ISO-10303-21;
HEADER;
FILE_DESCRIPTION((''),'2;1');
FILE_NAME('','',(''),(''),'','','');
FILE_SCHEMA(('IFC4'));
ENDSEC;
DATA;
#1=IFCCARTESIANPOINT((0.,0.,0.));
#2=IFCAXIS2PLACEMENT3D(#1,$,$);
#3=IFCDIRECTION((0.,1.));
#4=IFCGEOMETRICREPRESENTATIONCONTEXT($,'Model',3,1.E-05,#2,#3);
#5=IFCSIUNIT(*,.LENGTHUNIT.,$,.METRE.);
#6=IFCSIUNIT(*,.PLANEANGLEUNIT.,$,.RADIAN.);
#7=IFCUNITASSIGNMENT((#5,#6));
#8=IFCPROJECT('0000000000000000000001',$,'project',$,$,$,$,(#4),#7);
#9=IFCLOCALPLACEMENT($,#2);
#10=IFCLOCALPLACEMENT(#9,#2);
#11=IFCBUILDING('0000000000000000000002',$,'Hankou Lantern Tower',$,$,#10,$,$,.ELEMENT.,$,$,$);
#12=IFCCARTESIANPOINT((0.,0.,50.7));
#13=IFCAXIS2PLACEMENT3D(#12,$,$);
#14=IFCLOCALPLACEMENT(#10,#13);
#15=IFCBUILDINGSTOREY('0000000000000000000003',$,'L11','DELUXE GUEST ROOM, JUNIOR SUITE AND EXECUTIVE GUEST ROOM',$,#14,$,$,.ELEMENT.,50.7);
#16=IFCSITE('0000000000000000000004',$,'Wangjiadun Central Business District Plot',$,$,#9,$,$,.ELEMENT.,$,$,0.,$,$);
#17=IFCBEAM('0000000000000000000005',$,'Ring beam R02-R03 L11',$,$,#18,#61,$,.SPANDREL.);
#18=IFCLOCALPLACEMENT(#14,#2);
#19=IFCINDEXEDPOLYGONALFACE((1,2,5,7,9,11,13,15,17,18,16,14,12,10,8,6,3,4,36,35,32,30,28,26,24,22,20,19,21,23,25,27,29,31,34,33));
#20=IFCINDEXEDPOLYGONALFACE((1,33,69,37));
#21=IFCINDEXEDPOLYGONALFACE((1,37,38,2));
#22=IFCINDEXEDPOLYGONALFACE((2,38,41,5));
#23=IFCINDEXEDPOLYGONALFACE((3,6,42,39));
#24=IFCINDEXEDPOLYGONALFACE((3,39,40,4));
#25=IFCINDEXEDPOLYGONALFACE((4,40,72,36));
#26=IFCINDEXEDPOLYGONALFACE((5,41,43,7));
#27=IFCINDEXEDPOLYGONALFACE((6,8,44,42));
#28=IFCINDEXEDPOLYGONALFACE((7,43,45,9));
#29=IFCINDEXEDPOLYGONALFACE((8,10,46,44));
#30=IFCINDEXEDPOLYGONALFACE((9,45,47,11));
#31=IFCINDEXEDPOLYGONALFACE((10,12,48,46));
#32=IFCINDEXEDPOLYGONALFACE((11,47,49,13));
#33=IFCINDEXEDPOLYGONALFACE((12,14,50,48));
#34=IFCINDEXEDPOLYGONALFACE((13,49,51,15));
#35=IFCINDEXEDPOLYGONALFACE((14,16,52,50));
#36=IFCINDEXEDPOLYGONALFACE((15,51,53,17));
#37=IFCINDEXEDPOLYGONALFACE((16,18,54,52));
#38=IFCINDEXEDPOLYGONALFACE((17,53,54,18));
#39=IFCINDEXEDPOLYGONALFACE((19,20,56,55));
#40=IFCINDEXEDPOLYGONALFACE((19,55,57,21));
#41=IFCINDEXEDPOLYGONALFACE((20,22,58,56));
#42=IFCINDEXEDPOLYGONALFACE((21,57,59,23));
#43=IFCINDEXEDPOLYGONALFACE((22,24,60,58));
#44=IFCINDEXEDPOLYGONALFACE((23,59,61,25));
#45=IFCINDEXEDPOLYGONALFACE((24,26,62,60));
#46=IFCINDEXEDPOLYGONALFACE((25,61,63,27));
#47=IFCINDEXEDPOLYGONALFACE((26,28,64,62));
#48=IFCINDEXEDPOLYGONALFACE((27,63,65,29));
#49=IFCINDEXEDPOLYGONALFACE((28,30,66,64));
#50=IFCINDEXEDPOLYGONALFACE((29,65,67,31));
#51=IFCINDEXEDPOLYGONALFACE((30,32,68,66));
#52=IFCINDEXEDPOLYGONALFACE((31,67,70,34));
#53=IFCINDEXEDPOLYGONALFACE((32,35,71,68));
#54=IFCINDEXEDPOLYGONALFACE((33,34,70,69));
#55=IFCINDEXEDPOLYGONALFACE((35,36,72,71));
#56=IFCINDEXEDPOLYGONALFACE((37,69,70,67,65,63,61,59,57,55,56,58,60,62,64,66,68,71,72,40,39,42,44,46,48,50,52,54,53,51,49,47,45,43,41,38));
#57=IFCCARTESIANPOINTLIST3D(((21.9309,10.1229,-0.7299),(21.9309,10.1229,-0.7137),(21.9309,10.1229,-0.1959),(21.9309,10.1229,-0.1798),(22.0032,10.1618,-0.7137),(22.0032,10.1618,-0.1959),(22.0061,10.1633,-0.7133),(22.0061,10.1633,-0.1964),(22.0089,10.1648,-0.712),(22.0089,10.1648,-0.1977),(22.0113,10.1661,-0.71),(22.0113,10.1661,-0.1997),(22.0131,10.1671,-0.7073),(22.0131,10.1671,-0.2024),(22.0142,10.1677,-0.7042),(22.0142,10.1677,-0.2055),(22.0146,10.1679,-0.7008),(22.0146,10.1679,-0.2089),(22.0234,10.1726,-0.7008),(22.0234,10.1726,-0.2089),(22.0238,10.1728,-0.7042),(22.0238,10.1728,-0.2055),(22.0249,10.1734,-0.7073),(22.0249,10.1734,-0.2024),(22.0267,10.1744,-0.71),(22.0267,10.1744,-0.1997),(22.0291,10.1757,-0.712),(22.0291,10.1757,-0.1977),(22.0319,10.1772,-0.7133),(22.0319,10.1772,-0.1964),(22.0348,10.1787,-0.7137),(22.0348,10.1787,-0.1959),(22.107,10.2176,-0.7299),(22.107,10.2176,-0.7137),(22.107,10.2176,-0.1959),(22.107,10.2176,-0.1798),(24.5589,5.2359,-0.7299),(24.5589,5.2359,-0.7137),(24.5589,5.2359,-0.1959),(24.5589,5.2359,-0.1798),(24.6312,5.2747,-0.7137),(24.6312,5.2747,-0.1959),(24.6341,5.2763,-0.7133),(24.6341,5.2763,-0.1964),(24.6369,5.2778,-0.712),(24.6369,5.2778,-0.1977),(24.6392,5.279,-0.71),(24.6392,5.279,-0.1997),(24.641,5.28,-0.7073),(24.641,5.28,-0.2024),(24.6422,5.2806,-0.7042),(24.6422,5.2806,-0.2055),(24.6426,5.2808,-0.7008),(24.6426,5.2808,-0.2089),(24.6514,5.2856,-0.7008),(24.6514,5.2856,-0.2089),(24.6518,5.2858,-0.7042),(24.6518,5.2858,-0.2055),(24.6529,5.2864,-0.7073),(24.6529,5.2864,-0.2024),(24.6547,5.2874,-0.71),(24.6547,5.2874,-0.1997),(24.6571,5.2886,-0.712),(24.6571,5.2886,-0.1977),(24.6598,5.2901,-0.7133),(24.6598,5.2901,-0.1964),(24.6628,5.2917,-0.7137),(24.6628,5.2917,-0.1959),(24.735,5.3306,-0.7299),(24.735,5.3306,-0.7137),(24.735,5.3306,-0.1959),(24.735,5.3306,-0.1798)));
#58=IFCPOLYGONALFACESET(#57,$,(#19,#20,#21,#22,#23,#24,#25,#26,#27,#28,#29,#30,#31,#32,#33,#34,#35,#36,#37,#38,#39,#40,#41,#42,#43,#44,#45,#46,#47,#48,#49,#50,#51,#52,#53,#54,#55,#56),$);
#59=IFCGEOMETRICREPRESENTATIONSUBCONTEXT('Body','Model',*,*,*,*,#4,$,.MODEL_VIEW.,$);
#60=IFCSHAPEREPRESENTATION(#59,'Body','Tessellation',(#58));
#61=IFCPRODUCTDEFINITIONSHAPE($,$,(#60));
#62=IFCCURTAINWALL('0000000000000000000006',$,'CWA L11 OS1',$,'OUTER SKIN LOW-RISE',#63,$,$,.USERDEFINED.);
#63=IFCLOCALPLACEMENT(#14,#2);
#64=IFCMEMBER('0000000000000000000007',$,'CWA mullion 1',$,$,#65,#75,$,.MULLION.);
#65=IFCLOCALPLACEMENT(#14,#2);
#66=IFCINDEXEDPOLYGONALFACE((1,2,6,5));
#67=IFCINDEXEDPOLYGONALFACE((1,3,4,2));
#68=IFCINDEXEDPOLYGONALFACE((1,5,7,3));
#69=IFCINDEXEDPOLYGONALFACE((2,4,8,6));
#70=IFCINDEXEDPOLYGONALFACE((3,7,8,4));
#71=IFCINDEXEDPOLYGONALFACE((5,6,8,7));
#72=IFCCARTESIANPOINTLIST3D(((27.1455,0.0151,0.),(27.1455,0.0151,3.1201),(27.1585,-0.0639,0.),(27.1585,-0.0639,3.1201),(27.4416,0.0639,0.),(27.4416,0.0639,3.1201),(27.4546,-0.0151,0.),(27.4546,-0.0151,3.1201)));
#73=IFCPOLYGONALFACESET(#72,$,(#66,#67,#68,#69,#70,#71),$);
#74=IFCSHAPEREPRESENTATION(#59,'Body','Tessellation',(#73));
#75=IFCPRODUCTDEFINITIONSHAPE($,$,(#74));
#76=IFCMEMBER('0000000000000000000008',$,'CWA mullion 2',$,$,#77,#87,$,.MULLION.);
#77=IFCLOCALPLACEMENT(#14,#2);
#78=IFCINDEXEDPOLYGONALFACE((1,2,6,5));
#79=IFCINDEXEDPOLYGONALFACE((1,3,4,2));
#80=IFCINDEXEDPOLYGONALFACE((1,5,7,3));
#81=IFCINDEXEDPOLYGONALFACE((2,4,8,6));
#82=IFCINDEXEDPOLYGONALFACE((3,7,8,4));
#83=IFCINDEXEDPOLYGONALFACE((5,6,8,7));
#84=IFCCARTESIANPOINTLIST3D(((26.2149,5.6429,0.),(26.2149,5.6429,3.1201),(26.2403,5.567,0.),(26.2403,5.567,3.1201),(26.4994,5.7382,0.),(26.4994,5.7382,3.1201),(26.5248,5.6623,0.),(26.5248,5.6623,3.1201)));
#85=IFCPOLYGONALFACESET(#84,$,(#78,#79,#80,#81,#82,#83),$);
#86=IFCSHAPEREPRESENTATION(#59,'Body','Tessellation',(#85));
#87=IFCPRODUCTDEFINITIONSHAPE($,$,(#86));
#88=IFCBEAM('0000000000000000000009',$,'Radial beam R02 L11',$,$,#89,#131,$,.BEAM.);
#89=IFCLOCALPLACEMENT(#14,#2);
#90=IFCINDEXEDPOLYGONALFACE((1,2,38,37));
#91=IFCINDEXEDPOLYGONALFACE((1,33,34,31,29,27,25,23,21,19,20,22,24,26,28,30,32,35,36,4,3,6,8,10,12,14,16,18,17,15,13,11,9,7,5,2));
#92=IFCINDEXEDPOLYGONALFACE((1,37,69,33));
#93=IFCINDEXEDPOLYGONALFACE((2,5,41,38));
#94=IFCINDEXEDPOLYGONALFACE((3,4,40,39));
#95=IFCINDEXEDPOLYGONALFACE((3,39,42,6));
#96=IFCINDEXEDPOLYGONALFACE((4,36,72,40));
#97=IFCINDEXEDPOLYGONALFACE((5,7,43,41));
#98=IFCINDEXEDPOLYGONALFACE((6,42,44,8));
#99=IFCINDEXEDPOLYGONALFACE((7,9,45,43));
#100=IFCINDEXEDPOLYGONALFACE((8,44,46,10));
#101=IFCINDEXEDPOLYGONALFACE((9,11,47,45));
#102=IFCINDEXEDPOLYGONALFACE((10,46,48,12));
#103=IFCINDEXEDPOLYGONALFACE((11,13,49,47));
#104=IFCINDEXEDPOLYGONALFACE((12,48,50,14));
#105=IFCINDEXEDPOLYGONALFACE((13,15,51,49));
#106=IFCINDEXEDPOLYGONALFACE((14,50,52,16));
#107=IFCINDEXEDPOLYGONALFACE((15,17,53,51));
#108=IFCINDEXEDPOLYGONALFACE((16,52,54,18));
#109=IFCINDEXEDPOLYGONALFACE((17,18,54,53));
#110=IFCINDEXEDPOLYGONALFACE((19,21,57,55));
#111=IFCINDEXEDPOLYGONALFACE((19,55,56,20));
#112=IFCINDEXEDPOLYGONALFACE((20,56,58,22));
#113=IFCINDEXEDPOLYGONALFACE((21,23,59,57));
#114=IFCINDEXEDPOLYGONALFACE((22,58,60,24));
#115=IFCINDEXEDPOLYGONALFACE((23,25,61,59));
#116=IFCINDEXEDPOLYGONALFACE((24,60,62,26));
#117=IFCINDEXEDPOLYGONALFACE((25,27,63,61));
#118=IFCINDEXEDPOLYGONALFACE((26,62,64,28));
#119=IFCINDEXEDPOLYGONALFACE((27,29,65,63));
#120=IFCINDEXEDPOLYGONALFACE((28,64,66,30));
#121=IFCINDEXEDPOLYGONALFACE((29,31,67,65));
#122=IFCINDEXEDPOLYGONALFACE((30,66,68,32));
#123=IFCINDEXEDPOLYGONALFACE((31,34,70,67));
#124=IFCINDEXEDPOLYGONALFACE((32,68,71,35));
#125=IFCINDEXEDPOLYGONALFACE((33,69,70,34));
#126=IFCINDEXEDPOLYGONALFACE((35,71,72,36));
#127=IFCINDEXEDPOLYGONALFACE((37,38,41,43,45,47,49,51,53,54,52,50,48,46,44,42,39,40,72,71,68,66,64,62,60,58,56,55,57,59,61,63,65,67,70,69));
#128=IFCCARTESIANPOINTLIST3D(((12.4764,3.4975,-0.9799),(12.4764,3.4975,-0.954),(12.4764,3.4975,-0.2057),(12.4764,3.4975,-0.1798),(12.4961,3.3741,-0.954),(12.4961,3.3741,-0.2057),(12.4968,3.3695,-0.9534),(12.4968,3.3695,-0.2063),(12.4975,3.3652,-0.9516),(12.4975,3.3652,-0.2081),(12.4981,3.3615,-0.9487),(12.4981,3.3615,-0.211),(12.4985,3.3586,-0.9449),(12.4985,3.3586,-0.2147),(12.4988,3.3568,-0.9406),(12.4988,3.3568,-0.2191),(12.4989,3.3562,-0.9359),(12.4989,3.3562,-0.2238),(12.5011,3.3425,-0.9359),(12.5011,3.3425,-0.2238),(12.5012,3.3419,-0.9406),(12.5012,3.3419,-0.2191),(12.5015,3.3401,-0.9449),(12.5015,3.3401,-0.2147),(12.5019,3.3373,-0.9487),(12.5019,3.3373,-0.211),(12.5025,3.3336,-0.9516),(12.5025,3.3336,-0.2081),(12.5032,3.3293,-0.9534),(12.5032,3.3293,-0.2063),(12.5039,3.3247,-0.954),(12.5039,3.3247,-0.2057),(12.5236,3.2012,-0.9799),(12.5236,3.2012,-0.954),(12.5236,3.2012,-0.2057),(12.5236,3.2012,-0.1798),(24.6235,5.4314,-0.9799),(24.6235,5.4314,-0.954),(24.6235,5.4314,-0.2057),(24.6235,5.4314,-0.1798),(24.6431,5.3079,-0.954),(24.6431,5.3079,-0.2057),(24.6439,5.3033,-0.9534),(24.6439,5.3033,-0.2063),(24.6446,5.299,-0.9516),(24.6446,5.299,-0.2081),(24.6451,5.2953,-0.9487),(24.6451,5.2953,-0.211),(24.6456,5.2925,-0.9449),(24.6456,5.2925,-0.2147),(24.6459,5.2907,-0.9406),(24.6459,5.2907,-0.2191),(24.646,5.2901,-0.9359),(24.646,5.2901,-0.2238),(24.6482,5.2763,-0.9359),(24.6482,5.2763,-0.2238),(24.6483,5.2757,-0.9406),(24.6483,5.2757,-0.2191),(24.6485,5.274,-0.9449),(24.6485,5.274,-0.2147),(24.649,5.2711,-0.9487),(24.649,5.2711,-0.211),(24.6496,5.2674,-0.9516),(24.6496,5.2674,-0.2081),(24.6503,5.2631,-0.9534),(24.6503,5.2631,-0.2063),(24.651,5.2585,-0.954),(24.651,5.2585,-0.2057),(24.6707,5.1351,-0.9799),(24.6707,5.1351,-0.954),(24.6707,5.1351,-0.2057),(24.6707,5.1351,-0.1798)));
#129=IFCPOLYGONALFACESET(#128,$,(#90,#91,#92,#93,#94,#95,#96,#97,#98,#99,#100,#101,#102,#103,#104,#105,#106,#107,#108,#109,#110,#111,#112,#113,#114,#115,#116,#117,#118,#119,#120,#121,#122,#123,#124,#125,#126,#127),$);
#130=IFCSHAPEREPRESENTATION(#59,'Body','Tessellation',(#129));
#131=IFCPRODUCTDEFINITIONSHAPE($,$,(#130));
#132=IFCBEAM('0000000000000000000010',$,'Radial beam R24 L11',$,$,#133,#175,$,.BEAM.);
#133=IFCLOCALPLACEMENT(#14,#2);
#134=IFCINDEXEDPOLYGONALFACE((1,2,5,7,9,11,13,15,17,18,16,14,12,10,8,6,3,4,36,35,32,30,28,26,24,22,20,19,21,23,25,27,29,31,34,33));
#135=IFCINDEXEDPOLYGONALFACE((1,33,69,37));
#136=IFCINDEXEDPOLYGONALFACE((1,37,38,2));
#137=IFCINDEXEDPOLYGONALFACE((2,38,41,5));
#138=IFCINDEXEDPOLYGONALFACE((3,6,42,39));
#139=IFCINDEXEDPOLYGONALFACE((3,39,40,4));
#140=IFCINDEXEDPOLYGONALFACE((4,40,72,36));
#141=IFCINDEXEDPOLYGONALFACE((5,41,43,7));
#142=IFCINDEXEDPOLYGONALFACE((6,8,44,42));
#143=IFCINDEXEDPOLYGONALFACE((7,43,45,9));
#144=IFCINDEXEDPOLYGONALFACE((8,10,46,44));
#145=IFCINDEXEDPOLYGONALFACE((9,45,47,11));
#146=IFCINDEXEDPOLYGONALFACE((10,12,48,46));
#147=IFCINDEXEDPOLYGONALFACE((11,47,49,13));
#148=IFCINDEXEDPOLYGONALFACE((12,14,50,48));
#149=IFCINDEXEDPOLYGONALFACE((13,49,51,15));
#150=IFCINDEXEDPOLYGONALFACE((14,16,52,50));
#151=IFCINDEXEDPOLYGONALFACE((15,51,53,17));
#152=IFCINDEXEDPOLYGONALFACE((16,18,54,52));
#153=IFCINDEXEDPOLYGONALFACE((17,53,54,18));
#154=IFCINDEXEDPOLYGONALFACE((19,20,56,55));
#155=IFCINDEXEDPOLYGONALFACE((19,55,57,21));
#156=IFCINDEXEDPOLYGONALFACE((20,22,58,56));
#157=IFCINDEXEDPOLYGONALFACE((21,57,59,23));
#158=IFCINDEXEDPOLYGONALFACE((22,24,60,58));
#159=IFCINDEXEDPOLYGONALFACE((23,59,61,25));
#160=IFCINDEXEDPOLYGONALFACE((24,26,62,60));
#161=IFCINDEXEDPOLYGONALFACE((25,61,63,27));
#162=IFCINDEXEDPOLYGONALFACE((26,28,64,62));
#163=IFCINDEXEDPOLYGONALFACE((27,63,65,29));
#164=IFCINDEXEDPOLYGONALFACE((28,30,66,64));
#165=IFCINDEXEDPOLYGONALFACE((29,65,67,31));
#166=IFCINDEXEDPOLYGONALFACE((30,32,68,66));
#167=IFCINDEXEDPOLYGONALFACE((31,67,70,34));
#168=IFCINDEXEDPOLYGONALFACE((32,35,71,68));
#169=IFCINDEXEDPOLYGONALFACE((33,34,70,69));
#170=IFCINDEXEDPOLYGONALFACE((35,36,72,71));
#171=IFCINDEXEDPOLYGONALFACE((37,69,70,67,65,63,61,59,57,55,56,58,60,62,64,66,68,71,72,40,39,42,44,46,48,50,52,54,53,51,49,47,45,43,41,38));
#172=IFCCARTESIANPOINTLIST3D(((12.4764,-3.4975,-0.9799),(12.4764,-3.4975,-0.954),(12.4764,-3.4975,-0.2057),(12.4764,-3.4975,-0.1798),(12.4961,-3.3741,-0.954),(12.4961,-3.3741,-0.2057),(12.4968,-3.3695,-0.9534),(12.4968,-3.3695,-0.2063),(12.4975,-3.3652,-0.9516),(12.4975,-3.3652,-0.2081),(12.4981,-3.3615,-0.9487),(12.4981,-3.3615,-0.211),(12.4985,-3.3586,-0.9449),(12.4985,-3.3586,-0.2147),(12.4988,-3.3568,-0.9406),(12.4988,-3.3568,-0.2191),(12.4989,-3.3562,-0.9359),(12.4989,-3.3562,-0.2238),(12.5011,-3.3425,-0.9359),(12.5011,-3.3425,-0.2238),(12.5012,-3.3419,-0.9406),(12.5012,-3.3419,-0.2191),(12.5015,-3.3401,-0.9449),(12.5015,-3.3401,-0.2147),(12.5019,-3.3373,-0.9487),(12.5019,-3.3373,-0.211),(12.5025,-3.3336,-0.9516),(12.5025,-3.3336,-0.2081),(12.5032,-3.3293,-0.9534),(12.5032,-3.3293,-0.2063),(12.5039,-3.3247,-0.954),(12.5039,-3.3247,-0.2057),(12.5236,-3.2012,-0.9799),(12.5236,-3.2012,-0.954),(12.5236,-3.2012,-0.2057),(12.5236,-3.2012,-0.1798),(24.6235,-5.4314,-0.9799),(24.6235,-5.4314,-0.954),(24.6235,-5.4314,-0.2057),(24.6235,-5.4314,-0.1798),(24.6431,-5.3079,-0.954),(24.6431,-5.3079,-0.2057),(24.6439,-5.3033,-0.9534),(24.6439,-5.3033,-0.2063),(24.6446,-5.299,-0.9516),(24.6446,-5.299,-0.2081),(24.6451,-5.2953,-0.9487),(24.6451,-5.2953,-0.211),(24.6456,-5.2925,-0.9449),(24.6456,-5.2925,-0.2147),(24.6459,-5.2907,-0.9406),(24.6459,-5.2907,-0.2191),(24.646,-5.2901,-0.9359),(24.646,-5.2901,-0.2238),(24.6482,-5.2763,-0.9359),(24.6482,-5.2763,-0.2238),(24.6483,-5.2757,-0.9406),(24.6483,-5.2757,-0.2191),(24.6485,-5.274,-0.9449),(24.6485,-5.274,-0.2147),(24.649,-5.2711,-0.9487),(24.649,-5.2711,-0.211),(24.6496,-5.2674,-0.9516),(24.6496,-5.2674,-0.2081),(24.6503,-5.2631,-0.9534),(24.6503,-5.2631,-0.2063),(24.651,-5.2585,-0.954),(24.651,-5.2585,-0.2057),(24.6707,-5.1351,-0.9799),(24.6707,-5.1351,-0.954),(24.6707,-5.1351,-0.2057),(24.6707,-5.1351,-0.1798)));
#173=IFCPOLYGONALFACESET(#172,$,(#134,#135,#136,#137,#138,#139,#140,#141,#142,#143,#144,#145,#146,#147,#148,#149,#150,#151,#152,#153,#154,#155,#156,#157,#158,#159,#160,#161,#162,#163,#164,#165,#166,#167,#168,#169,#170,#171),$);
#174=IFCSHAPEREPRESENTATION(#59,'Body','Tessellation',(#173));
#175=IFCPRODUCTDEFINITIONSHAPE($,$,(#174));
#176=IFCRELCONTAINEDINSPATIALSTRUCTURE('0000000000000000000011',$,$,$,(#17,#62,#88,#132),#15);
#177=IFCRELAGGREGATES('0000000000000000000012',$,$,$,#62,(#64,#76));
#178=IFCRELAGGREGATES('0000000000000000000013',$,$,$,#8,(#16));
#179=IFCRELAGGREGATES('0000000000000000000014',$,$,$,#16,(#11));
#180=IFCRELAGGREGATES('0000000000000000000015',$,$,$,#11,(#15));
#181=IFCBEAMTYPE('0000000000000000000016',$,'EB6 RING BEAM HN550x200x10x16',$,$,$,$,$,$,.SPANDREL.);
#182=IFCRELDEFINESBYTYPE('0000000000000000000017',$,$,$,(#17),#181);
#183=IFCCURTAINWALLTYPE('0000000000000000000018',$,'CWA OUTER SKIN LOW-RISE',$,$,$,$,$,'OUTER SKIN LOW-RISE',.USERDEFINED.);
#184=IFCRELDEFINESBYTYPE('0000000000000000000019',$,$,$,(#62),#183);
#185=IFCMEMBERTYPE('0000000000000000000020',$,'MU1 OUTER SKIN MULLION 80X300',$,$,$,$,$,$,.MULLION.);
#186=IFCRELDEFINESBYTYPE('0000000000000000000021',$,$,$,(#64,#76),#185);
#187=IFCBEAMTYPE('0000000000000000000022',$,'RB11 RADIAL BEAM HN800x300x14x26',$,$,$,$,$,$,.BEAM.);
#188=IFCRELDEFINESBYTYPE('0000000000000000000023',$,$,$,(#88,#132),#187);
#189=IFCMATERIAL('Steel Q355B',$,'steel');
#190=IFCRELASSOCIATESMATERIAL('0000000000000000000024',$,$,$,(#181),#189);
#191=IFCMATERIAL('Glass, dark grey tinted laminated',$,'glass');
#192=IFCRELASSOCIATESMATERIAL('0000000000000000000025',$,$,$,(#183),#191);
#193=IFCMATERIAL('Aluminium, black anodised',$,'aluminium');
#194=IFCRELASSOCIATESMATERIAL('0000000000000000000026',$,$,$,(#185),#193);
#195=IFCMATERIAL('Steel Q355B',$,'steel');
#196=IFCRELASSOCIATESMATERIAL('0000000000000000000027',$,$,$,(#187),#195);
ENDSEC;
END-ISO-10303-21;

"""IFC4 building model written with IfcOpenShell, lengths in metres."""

from ifc_helpers import new_model, si_unit, direction, frame, origin, origin_2d, place, context, subcontext, project, spatial, rectangle, i_section, extrude, material, material_profile, profile_set, type_object, element, aggregate, save


model = new_model("IFC4")

# Units and contexts
model_context = context("Model", 3, precision=1e-05, world=origin(), true_north=direction((0.0, 1.0)))
body_context = subcontext(model_context, "Body", "Model", "MODEL_VIEW")
ifc_project = project(units=[si_unit("LENGTHUNIT", "METRE"), si_unit("PLANEANGLEUNIT", "RADIAN")], contexts=[model_context])

# Site, building, storey
site_placement = place(None, origin())
site = spatial("IfcSite", under=ifc_project, at=site_placement, Name="Wangjiadun Central Business District Plot", CompositionType="ELEMENT", RefElevation=0.0)
building_placement = place(site_placement, origin())
building = spatial("IfcBuilding", under=site, at=building_placement, Name="Hankou Lantern Tower", CompositionType="ELEMENT")
storey_placement = place(building_placement, frame((0.0, 0.0, 50.7)))
storey = spatial("IfcBuildingStorey", under=building, at=storey_placement, Name="L11", Description="DELUXE GUEST ROOM, JUNIOR SUITE AND EXECUTIVE GUEST ROOM", CompositionType="ELEMENT", Elevation=50.7)

# Beam
ifc_material_1 = material(Name="Steel Q355B", Category="steel")
ifc_material_profile_1 = material_profile(ifc_material_1, i_section(OverallWidth=0.2, OverallDepth=0.55, WebThickness=0.01, FlangeThickness=0.0161, FilletRadius=0.0129, at=origin_2d()), Name="HN550x200x10x16")
ifc_profile_set_1 = profile_set([ifc_material_profile_1], Name="Steel Q355B")
beam_type_1 = type_object("IfcBeamType", Name="EB6 RING BEAM HN550x200x10x16", PredefinedType="SPANDREL", material=ifc_profile_set_1)
beam_1_placement = place(storey_placement, frame((24.647, 5.2832, -0.4548), z_axis=(-0.473609, 0.880735, 0.0), x_axis=(-0.880735, -0.473609, 0.0)))
element("IfcBeam", 1, at=beam_1_placement, inside=storey, type_object=beam_type_1, Name="Ring beam R02-R03 L11", PredefinedType="SPANDREL", context=body_context, shape_type="SweptSolid", body=[
    extrude(i_section(OverallWidth=0.2, OverallDepth=0.55, WebThickness=0.01, FlangeThickness=0.0161, FilletRadius=0.0129, at=origin_2d()), origin(), (0.0, 0.0, 1.0), 5.5488),
])

# Curtain wall, members
ifc_material_2 = material(Name="Glass, dark grey tinted laminated", Category="glass")
curtain_wall_type = type_object("IfcCurtainWallType", Name="CWA OUTER SKIN LOW-RISE", ElementType="OUTER SKIN LOW-RISE", PredefinedType="USERDEFINED", material=ifc_material_2)
curtain_wall_1_placement = place(storey_placement, origin())
curtain_wall_1 = element("IfcCurtainWall", 2, at=curtain_wall_1_placement, inside=storey, type_object=curtain_wall_type, Name="CWA L11 OS1", ObjectType="OUTER SKIN LOW-RISE", PredefinedType="USERDEFINED")
ifc_material_3 = material(Name="Aluminium, black anodised", Category="aluminium")
ifc_material_profile_2 = material_profile(ifc_material_3, rectangle(XDim=0.0801, YDim=0.3, at=origin_2d()), Name="MU1 80X300")
ifc_profile_set_2 = profile_set([ifc_material_profile_2], Name="Aluminium, black anodised")
member_type_1 = type_object("IfcMemberType", Name="MU1 OUTER SKIN MULLION 80X300", PredefinedType="MULLION", material=ifc_profile_set_2)
member_1_placement = place(storey_placement, frame((27.3, 0.0, 0.0), z_axis=(0.0, 0.0, 1.0), x_axis=(-0.162382, 0.986728, 0.0)))
member_1 = element("IfcMember", 3, at=member_1_placement, type_object=member_type_1, Name="CWA mullion 1", PredefinedType="MULLION", context=body_context, shape_type="SweptSolid", body=[
    extrude(rectangle(XDim=0.0801, YDim=0.3, at=origin_2d()), origin(), (0.0, 0.0, 1.0), 3.1201),
])
member_2_placement = place(storey_placement, frame((26.3699, 5.6526, 0.0), z_axis=(0.0, 0.0, 1.0), x_axis=(-0.317596, 0.948226, 0.0)))
member_2 = element("IfcMember", 4, at=member_2_placement, type_object=member_type_1, Name="CWA mullion 2", PredefinedType="MULLION", context=body_context, shape_type="SweptSolid", body=[
    extrude(rectangle(XDim=0.0801, YDim=0.3, at=origin_2d()), origin(), (0.0, 0.0, 1.0), 3.1201),
])

# Beams
ifc_material_4 = material(Name="Steel Q355B", Category="steel")
ifc_material_profile_3 = material_profile(ifc_material_4, i_section(OverallWidth=0.3, OverallDepth=0.8, WebThickness=0.0139, FlangeThickness=0.0259, FilletRadius=0.0181, at=origin_2d()), Name="HN800x300x14x26")
ifc_profile_set_3 = profile_set([ifc_material_profile_3], Name="Steel Q355B")
beam_type_2 = type_object("IfcBeamType", Name="RB11 RADIAL BEAM HN800x300x14x26", PredefinedType="BEAM", material=ifc_profile_set_3)
for number, where, z_axis, x_axis, name in (
    (5, (12.5, 3.3494, -0.5798), (0.987563, 0.157223, 0.0), (-0.157223, 0.987563, 0.0), "Radial beam R02 L11"),
    (6, (12.5, -3.3494, -0.5798), (0.987563, -0.157223, 0.0), (0.157223, 0.987563, 0.0), "Radial beam R24 L11"),
):
    element("IfcBeam", number, at=place(storey_placement, frame(where, z_axis=z_axis, x_axis=x_axis)), inside=storey, type_object=beam_type_2, Name=name, PredefinedType="BEAM", context=body_context, shape_type="SweptSolid", body=[
        extrude(i_section(OverallWidth=0.3, OverallDepth=0.8, WebThickness=0.0139, FlangeThickness=0.0259, FilletRadius=0.0181, at=origin_2d()), origin(), (0.0, 0.0, 1.0), 12.3),
    ])

aggregate(curtain_wall_1, [member_1, member_2])

save(model, "model.ifc")
